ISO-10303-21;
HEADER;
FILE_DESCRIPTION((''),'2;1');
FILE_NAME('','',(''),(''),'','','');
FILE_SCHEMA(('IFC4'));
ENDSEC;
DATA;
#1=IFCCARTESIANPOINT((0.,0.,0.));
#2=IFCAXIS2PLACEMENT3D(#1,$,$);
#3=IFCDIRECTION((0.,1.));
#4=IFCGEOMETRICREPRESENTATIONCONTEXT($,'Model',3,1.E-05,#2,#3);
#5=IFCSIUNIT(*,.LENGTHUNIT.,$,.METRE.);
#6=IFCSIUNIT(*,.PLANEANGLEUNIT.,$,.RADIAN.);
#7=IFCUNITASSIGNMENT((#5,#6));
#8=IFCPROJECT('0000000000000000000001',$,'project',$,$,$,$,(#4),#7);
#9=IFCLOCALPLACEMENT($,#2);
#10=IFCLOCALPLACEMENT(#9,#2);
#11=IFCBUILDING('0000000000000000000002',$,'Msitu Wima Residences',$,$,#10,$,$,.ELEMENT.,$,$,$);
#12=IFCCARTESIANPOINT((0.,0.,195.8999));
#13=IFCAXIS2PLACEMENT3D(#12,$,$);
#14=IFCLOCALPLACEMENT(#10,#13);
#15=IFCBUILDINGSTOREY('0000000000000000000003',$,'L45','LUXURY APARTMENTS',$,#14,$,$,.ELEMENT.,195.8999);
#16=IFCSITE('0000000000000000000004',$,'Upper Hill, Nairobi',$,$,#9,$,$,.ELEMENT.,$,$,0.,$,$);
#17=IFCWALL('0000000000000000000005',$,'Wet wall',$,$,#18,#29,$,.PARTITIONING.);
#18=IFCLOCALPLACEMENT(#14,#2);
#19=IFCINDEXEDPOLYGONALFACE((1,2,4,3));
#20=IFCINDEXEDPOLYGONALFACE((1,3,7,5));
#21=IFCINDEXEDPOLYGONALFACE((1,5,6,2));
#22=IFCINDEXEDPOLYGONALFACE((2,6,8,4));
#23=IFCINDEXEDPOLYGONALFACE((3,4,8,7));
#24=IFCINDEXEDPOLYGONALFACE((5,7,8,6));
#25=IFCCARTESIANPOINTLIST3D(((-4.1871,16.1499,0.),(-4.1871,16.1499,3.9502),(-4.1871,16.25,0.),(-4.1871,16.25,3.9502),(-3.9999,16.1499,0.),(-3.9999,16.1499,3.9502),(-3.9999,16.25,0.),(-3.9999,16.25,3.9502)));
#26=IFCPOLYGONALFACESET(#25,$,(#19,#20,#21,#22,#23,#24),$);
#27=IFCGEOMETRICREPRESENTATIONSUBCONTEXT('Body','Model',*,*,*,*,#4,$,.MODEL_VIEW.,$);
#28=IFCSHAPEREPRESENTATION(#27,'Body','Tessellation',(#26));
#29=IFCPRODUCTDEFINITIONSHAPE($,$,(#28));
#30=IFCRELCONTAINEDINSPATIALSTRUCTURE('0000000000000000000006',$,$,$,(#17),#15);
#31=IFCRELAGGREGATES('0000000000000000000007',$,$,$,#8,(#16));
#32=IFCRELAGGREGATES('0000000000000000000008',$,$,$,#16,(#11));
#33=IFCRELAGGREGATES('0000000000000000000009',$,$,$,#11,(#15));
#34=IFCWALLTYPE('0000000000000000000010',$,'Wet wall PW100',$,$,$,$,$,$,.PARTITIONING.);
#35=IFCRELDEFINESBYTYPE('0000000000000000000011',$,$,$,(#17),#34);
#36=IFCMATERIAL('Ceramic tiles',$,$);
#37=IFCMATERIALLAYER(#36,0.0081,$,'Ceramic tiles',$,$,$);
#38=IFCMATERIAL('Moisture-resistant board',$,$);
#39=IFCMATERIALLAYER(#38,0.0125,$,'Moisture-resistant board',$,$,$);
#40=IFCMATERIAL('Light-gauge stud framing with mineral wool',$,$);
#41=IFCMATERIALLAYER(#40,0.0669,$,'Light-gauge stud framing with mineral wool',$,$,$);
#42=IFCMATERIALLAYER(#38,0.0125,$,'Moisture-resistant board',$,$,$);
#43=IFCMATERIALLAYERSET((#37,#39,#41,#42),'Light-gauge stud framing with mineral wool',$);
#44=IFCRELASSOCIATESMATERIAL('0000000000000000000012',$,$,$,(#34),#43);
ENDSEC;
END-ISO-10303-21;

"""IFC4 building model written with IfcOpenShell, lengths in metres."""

from ifc_helpers import new_model, si_unit, direction, frame, frame_2d, origin, place, context, subcontext, project, spatial, rectangle, extrude, material, layer, layer_set, type_object, element, save


model = new_model("IFC4")

# Units and contexts
model_context = context("Model", 3, precision=1e-05, world=origin(), true_north=direction((0.0, 1.0)))
body_context = subcontext(model_context, "Body", "Model", "MODEL_VIEW")
ifc_project = project(units=[si_unit("LENGTHUNIT", "METRE"), si_unit("PLANEANGLEUNIT", "RADIAN")], contexts=[model_context])

# Site, building, storey
site_placement = place(None, origin())
site = spatial("IfcSite", under=ifc_project, at=site_placement, Name="Upper Hill, Nairobi", CompositionType="ELEMENT", RefElevation=0.0)
building_placement = place(site_placement, origin())
building = spatial("IfcBuilding", under=site, at=building_placement, Name="Msitu Wima Residences", CompositionType="ELEMENT")
storey_placement = place(building_placement, frame((0.0, 0.0, 195.8999)))
storey = spatial("IfcBuildingStorey", under=building, at=storey_placement, Name="L45", Description="LUXURY APARTMENTS", CompositionType="ELEMENT", Elevation=195.8999)

# Shared definitions
ifc_material_1 = material(Name="Ceramic tiles")
ifc_layer_1 = layer(ifc_material_1, 0.0081, Name="Ceramic tiles")
ifc_material_2 = material(Name="Moisture-resistant board")
ifc_layer_2 = layer(ifc_material_2, 0.0125, Name="Moisture-resistant board")
ifc_material_3 = material(Name="Light-gauge stud framing with mineral wool")
ifc_layer_3 = layer(ifc_material_3, 0.0669, Name="Light-gauge stud framing with mineral wool")
ifc_layer_4 = layer(ifc_material_2, 0.0125, Name="Moisture-resistant board")
ifc_layer_set_1 = layer_set([ifc_layer_1, ifc_layer_2, ifc_layer_3, ifc_layer_4], Name="Light-gauge stud framing with mineral wool")
wall_type_1 = type_object("IfcWallType", Name="Wet wall PW100", PredefinedType="PARTITIONING", material=ifc_layer_set_1)

# Wall
wall_1_placement = place(storey_placement, frame((-4.1873, 16.2, 0.0), z_axis=(0.0, 0.0, 1.0), x_axis=(1.0, 0.0, 0.0)))
element("IfcWall", 1, at=wall_1_placement, inside=storey, type_object=wall_type_1, Name="Wet wall", PredefinedType="PARTITIONING", context=body_context, shape_type="SweptSolid", body=[
    extrude(rectangle(XDim=0.1873, YDim=0.1001, at=frame_2d((0.0938, 0.0))), origin(), (0.0, 0.0, 1.0), 3.9502),
])

save(model, "model.ifc")
